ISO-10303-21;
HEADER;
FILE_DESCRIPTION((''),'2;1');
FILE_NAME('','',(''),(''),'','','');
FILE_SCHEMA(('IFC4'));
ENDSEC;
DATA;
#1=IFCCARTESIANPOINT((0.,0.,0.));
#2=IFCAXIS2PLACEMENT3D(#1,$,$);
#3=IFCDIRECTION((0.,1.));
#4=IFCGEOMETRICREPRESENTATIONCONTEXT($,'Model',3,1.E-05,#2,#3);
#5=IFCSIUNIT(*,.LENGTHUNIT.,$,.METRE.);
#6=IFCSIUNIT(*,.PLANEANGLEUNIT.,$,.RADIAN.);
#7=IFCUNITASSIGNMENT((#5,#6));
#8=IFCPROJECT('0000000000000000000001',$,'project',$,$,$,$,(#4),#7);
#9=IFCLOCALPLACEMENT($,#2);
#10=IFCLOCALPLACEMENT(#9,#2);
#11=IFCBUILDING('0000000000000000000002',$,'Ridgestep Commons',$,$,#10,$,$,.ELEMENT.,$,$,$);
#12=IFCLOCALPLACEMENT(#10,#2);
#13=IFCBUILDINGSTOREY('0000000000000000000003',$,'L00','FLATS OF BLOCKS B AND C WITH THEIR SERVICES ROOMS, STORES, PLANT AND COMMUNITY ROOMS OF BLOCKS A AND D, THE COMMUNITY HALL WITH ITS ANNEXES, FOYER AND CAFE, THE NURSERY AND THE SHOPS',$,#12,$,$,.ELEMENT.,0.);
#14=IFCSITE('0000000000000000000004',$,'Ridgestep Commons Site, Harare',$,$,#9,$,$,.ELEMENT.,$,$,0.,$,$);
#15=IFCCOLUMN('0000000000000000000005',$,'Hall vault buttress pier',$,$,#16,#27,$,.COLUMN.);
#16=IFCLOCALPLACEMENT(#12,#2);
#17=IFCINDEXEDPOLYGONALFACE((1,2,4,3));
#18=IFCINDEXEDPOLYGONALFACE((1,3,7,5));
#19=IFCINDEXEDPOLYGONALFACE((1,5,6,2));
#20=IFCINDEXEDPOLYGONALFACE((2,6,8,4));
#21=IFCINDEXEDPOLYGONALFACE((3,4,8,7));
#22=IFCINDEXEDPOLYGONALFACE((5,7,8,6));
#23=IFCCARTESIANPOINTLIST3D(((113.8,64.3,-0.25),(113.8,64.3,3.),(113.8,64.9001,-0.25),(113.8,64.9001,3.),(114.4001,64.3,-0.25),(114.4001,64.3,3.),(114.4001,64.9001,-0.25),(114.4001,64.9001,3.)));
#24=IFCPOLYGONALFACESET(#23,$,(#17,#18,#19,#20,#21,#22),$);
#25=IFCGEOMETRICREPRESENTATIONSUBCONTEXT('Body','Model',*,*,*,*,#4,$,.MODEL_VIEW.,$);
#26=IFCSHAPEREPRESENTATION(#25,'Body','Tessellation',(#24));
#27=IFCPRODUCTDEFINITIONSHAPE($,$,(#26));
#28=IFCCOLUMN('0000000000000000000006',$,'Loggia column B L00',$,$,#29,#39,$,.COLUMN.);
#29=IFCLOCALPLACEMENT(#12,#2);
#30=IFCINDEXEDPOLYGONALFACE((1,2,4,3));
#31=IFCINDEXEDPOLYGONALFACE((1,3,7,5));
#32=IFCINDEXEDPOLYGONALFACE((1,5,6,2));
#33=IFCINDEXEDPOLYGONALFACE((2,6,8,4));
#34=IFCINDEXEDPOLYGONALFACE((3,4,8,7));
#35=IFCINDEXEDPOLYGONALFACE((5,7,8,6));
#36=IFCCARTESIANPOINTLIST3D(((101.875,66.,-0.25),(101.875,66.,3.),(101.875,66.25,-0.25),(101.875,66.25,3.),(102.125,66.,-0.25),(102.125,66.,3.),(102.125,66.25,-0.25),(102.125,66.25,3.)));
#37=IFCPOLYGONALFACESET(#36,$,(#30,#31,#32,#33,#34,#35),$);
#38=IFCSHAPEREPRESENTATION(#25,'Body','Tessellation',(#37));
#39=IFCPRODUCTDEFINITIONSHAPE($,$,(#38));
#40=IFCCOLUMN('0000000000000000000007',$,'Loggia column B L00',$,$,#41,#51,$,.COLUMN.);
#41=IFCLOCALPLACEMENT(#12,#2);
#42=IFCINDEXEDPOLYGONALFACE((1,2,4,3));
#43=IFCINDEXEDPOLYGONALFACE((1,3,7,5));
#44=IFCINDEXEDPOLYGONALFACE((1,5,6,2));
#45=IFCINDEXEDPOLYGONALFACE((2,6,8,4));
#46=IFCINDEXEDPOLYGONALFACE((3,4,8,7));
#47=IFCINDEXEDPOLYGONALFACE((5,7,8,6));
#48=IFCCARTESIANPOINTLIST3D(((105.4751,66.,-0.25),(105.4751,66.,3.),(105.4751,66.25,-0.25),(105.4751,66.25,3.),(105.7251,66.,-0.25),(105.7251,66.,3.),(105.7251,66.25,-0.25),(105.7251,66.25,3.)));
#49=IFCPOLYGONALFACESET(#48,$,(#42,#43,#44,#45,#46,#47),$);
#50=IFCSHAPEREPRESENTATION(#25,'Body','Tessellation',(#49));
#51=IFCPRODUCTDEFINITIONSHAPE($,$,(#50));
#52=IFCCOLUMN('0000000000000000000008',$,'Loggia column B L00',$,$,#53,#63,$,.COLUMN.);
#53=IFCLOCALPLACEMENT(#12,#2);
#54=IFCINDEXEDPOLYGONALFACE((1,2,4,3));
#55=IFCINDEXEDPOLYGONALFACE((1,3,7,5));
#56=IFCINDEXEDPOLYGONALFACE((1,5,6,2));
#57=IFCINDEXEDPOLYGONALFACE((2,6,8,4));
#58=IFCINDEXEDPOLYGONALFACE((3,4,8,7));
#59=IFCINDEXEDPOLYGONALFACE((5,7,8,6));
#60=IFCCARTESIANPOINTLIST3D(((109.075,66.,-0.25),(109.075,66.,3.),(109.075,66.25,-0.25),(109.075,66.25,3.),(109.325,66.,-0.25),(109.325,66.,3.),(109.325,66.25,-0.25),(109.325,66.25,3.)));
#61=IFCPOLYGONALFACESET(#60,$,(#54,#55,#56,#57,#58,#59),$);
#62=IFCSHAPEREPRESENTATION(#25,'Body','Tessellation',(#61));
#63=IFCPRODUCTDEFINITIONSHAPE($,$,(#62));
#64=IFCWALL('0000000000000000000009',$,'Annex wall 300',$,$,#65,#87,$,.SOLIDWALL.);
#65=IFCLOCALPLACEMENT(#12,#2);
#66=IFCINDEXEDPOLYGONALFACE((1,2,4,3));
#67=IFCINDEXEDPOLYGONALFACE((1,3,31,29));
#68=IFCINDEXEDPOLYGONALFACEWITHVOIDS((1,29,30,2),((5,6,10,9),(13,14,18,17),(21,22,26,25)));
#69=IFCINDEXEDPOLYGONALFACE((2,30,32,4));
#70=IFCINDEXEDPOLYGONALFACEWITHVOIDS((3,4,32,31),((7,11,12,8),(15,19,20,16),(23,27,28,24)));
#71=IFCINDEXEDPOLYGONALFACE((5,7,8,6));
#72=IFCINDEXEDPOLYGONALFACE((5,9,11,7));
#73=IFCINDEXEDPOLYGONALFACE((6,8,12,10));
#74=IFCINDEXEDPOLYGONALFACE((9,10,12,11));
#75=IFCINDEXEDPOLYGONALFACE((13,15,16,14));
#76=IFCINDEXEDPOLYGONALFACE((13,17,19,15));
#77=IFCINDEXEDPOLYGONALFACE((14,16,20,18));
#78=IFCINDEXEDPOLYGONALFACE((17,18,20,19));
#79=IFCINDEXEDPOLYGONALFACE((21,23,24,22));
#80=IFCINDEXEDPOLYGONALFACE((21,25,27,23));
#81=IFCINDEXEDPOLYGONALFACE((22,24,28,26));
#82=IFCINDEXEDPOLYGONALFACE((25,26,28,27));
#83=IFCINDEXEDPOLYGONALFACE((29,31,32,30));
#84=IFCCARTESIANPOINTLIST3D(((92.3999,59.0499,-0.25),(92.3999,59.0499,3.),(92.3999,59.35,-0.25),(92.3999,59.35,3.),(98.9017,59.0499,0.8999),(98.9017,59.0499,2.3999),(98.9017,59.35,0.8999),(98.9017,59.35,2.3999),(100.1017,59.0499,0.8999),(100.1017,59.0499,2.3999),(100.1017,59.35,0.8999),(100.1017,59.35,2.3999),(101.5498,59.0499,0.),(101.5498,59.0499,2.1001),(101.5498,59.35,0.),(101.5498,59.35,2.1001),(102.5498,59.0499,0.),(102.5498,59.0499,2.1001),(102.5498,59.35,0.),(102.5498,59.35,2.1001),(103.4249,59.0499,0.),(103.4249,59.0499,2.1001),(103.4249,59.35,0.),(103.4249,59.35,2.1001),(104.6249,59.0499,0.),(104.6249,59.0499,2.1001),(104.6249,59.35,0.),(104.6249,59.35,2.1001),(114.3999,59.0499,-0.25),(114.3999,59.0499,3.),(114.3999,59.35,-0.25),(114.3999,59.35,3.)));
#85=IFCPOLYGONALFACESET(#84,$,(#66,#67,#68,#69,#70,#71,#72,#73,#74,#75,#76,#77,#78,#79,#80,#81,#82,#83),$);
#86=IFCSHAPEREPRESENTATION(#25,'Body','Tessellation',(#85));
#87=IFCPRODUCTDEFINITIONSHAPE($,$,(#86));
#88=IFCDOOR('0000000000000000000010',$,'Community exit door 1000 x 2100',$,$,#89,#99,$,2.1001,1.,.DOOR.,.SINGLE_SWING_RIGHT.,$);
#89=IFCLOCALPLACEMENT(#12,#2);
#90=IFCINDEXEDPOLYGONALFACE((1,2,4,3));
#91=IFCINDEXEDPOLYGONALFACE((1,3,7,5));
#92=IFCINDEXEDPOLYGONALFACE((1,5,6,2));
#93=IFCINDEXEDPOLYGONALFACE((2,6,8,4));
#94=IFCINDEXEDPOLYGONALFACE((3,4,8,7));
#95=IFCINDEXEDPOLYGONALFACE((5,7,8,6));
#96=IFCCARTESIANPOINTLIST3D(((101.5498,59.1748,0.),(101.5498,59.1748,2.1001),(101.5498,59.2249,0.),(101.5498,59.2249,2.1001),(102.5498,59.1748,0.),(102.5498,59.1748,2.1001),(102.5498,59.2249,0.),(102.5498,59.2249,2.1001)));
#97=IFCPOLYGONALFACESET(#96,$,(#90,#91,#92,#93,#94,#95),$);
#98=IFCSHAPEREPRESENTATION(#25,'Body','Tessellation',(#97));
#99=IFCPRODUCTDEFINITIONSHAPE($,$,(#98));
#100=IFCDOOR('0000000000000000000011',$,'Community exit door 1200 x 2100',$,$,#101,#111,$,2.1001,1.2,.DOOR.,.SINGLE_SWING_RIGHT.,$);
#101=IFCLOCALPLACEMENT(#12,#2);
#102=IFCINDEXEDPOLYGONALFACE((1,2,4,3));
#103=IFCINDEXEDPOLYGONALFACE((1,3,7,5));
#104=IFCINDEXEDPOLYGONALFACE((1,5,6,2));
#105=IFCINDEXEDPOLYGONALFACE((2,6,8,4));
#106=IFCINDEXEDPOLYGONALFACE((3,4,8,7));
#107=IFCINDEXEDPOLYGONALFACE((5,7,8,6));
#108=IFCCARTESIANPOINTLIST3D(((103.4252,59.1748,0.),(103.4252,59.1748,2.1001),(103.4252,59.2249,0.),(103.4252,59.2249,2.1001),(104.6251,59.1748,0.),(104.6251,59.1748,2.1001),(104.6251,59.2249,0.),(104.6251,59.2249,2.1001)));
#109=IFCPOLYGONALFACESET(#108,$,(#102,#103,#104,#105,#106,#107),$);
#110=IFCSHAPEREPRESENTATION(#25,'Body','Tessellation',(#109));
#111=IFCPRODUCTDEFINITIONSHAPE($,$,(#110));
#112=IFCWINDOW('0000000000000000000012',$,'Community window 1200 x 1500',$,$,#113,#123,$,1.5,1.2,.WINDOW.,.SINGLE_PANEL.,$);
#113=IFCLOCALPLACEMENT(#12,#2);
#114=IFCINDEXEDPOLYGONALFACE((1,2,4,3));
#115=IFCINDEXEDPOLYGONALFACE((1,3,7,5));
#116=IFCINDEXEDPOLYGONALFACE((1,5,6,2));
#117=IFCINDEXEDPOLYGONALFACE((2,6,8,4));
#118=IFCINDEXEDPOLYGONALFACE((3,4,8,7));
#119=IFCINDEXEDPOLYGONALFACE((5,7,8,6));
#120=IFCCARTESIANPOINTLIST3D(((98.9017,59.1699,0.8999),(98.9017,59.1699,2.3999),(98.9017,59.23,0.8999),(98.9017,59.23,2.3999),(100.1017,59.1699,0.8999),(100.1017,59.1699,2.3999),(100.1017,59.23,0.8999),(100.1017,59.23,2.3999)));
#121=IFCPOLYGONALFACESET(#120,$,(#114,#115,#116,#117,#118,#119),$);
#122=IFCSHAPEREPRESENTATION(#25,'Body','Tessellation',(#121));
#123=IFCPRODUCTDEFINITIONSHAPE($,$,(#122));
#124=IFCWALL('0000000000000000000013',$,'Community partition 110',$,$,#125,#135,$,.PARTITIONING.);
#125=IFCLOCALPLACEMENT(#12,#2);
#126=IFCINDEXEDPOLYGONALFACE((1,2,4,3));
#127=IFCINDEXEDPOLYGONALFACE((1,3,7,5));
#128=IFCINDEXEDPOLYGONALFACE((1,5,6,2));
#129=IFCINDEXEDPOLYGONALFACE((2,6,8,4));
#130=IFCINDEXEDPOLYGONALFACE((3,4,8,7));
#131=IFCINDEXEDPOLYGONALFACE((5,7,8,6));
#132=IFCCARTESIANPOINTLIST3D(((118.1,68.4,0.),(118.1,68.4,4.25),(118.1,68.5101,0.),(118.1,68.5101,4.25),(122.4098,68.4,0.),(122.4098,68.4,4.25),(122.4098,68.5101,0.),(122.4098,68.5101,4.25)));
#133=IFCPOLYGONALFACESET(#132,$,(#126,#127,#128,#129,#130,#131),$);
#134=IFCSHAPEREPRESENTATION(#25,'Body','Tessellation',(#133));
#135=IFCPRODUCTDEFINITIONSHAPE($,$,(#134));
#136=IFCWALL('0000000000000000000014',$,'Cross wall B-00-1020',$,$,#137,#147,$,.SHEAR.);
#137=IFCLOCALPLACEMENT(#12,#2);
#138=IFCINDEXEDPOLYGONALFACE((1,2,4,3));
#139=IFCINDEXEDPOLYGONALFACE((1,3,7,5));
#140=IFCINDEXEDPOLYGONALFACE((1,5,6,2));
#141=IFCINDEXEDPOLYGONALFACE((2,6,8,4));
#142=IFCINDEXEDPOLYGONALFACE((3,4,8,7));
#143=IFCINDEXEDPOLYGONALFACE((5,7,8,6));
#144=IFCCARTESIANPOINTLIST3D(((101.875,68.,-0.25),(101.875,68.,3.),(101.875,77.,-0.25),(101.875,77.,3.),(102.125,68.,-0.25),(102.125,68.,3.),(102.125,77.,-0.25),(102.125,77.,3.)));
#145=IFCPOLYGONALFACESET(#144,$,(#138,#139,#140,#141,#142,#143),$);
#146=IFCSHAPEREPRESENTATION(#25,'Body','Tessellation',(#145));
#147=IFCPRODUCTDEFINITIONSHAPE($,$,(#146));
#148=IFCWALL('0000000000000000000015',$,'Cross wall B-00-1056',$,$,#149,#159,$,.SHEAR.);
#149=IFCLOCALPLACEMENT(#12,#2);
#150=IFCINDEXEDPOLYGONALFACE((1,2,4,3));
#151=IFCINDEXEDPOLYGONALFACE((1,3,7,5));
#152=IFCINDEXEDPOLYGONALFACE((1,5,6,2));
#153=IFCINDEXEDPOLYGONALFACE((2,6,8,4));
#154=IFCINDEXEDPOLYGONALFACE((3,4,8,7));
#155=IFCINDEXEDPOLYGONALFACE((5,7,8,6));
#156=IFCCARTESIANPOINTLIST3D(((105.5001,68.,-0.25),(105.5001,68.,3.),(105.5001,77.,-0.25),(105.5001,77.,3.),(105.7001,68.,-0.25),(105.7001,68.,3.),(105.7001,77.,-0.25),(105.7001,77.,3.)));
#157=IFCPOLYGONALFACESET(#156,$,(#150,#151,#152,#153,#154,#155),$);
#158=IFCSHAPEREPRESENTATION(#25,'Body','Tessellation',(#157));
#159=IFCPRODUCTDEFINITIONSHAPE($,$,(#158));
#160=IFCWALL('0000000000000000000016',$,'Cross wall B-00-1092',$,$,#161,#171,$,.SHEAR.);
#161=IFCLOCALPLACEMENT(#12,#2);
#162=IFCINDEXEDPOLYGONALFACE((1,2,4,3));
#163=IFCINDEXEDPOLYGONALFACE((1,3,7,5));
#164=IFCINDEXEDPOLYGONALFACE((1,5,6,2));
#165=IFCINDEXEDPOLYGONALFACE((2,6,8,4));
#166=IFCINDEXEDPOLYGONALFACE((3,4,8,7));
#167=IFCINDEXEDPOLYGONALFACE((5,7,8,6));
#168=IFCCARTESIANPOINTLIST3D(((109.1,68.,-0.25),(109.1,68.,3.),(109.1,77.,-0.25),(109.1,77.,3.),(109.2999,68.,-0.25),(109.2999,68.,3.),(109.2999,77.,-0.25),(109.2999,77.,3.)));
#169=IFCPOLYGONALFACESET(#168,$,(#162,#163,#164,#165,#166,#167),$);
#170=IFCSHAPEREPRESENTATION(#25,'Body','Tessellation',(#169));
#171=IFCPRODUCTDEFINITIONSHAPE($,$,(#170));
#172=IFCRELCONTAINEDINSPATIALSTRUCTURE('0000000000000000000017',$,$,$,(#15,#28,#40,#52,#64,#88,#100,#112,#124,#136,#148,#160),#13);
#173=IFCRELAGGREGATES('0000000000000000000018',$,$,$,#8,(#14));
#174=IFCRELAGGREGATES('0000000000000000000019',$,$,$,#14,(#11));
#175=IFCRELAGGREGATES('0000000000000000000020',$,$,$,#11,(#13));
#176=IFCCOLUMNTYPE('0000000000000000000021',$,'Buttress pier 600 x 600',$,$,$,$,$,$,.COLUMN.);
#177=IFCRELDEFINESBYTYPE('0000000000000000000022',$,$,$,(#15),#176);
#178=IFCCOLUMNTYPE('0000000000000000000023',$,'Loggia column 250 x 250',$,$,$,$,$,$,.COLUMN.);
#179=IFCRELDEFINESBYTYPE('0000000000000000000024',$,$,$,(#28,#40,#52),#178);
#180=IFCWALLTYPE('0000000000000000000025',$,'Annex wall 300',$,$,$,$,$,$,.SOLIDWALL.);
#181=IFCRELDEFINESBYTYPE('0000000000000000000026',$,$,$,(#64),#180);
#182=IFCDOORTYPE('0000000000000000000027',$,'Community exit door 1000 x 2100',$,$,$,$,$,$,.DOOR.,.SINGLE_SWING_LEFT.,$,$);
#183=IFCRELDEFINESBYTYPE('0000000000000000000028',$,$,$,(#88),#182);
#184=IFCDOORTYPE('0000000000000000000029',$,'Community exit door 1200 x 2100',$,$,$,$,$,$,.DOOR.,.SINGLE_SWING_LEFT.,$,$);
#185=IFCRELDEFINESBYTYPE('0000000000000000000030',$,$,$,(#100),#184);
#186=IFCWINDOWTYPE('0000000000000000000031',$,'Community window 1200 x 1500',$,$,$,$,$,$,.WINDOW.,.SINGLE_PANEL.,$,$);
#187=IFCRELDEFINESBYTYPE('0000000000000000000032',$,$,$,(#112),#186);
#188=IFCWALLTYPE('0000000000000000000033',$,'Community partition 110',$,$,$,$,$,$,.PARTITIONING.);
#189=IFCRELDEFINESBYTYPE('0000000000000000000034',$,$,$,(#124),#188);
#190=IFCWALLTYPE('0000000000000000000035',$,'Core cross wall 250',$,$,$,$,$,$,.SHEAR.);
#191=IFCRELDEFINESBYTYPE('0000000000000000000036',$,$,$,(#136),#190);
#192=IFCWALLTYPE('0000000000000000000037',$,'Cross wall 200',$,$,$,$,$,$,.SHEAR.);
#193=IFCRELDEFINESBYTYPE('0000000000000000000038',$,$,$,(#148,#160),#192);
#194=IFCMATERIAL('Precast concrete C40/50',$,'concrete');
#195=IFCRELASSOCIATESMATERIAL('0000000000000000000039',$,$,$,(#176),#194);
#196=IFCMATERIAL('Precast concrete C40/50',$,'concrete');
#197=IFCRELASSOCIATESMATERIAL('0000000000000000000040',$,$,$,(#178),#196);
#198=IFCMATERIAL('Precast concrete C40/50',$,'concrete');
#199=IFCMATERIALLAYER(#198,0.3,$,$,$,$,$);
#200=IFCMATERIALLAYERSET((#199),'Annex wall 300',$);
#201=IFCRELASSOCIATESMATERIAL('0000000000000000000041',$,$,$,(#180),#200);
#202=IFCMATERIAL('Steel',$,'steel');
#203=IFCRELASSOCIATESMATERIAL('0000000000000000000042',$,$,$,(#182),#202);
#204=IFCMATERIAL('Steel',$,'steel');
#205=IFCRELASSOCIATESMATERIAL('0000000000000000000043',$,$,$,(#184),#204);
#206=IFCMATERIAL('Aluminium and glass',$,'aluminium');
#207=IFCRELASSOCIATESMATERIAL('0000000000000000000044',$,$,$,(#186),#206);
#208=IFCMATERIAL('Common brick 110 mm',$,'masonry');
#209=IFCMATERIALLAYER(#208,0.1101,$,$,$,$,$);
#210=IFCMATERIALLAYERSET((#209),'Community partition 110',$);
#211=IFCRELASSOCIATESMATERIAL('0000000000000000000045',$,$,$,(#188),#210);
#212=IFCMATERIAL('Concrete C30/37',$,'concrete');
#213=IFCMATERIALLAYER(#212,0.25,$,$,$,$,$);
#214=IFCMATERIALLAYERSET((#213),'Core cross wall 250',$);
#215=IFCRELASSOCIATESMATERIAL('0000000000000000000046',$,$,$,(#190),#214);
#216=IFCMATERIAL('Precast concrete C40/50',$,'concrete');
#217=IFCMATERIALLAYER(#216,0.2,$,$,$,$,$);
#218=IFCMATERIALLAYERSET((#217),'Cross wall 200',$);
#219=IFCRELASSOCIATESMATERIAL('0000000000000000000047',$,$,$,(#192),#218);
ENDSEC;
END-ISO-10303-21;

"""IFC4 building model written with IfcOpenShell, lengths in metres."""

from ifc_helpers import new_model, si_unit, direction, frame, frame_2d, origin, origin_2d, place, context, subcontext, project, spatial, rectangle, extrude, material, layer, layer_set, material_profile, profile_set, type_object, element, fill, save


model = new_model("IFC4")

# Units and contexts
model_context = context("Model", 3, precision=1e-05, world=origin(), true_north=direction((0.0, 1.0)))
body_context = subcontext(model_context, "Body", "Model", "MODEL_VIEW")
ifc_project = project(units=[si_unit("LENGTHUNIT", "METRE"), si_unit("PLANEANGLEUNIT", "RADIAN")], contexts=[model_context])

# Site, building, storey
site_placement = place(None, origin())
site = spatial("IfcSite", under=ifc_project, at=site_placement, Name="Ridgestep Commons Site, Harare", CompositionType="ELEMENT", RefElevation=0.0)
building_placement = place(site_placement, origin())
building = spatial("IfcBuilding", under=site, at=building_placement, Name="Ridgestep Commons", CompositionType="ELEMENT")
storey_placement = place(building_placement, origin())
storey = spatial("IfcBuildingStorey", under=building, at=storey_placement, Name="L00", Description="FLATS OF BLOCKS B AND C WITH THEIR SERVICES ROOMS, STORES, PLANT AND COMMUNITY ROOMS OF BLOCKS A AND D, THE COMMUNITY HALL WITH ITS ANNEXES, FOYER AND CAFE, THE NURSERY AND THE SHOPS", CompositionType="ELEMENT", Elevation=0.0)

# Columns
ifc_material_1 = material(Name="Precast concrete C40/50", Category="concrete")
ifc_material_profile_1 = material_profile(ifc_material_1, rectangle(XDim=0.6001, YDim=0.6001, at=origin_2d()), Name="Buttress pier 600 x 600")
ifc_profile_set_1 = profile_set([ifc_material_profile_1], Name="Precast concrete C40/50")
column_type_1 = type_object("IfcColumnType", Name="Buttress pier 600 x 600", PredefinedType="COLUMN", material=ifc_profile_set_1)
column_placement = place(storey_placement, frame((114.1001, 64.6001, -0.25), z_axis=(0.0, 0.0, 1.0), x_axis=(1.0, 0.0, 0.0)))
element("IfcColumn", 1, at=column_placement, inside=storey, type_object=column_type_1, Name="Hall vault buttress pier", PredefinedType="COLUMN", context=body_context, shape_type="SweptSolid", body=[
    extrude(rectangle(XDim=0.6001, YDim=0.6001, at=origin_2d()), origin(), (0.0, 0.0, 1.0), 3.25),
])
ifc_material_2 = material(Name="Precast concrete C40/50", Category="concrete")
ifc_material_profile_2 = material_profile(ifc_material_2, rectangle(XDim=0.25, YDim=0.25, at=origin_2d()), Name="PC 250x250")
ifc_profile_set_2 = profile_set([ifc_material_profile_2], Name="Precast concrete C40/50")
column_type_2 = type_object("IfcColumnType", Name="Loggia column 250 x 250", PredefinedType="COLUMN", material=ifc_profile_set_2)
for number, where, z_axis, x_axis, name in (
    (2, (102.0, 66.125, -0.25), (0.0, 0.0, 1.0), (1.0, 0.0, 0.0), "Loggia column B L00"),
    (3, (105.6001, 66.125, -0.25), (0.0, 0.0, 1.0), (1.0, 0.0, 0.0), "Loggia column B L00"),
    (4, (109.2, 66.125, -0.25), (0.0, 0.0, 1.0), (1.0, 0.0, 0.0), "Loggia column B L00"),
):
    element("IfcColumn", number, at=place(storey_placement, frame(where, z_axis=z_axis, x_axis=x_axis)), inside=storey, type_object=column_type_2, Name=name, PredefinedType="COLUMN", context=body_context, shape_type="SweptSolid", body=[
        extrude(rectangle(XDim=0.25, YDim=0.25, at=origin_2d()), origin(), (0.0, 0.0, 1.0), 3.25),
    ])

# Wall, openings, doors, window
ifc_material_3 = material(Name="Precast concrete C40/50", Category="concrete")
ifc_layer_1 = layer(ifc_material_3, 0.3)
ifc_layer_set_1 = layer_set([ifc_layer_1], Name="Annex wall 300")
wall_type_1 = type_object("IfcWallType", Name="Annex wall 300", PredefinedType="SOLIDWALL", material=ifc_layer_set_1)
wall_1_placement = place(storey_placement, frame((114.3999, 59.2, -0.25), z_axis=(0.0, 0.0, 1.0), x_axis=(-1.0, 0.0, 0.0)))
wall_1 = element("IfcWall", 5, at=wall_1_placement, inside=storey, type_object=wall_type_1, Name="Annex wall 300", PredefinedType="SOLIDWALL", context=body_context, shape_type="SweptSolid", body=[
    extrude(rectangle(XDim=22.0, YDim=0.3, at=frame_2d((11.0, 0.0))), origin(), (0.0, 0.0, 1.0), 3.25),
])
opening_1_placement = place(wall_1_placement, frame((14.2981, 0.0, 1.1499)))
opening_1 = element("IfcOpeningElement", 6, at=opening_1_placement, cuts=wall_1, PredefinedType="OPENING", context=body_context, shape_type="SweptSolid", body=[
    extrude(rectangle(XDim=1.2, YDim=1.5, at=frame_2d((0.6001, 0.75))), frame((0.0, 0.1599, 0.0), z_axis=(0.0, -1.0, 0.0), x_axis=(1.0, 0.0, 0.0)), (0.0, 0.0, 1.0), 0.3201),
])
opening_2_placement = place(wall_1_placement, frame((9.7749, 0.0, 0.25)))
opening_2 = element("IfcOpeningElement", 7, at=opening_2_placement, cuts=wall_1, PredefinedType="OPENING", context=body_context, shape_type="SweptSolid", body=[
    extrude(rectangle(XDim=1.2, YDim=2.1001, at=frame_2d((0.6001, 1.05))), frame((0.0, 0.1599, 0.0), z_axis=(0.0, -1.0, 0.0), x_axis=(1.0, 0.0, 0.0)), (0.0, 0.0, 1.0), 0.3201),
])
opening_3_placement = place(wall_1_placement, frame((11.8501, 0.0, 0.25)))
opening_3 = element("IfcOpeningElement", 8, at=opening_3_placement, cuts=wall_1, PredefinedType="OPENING", context=body_context, shape_type="SweptSolid", body=[
    extrude(rectangle(XDim=1.0, YDim=2.1001, at=frame_2d((0.5, 1.05))), frame((0.0, 0.1599, 0.0), z_axis=(0.0, -1.0, 0.0), x_axis=(1.0, 0.0, 0.0)), (0.0, 0.0, 1.0), 0.3201),
])
ifc_material_4 = material(Name="Steel", Category="steel")
door_type_1 = type_object("IfcDoorType", Name="Community exit door 1000 x 2100", OperationType="SINGLE_SWING_LEFT", PredefinedType="DOOR", material=ifc_material_4)
door_1_placement = place(opening_3_placement, frame((1.0, 0.0, 0.0), z_axis=(0.0, 0.0, 1.0), x_axis=(-1.0, 0.0, 0.0)))
door_1 = element("IfcDoor", 9, at=door_1_placement, inside=storey, type_object=door_type_1, Name="Community exit door 1000 x 2100", OperationType="SINGLE_SWING_RIGHT", OverallHeight=2.1001, OverallWidth=1.0, PredefinedType="DOOR", context=body_context, shape_type="SweptSolid", body=[
    extrude(rectangle(XDim=1.0, YDim=2.1001, at=frame_2d((0.5, 1.05))), frame((0.0, 0.0249, 0.0), z_axis=(0.0, -1.0, 0.0), x_axis=(1.0, 0.0, 0.0)), (0.0, 0.0, 1.0), 0.05),
])
fill(opening_3, door_1)
ifc_material_5 = material(Name="Steel", Category="steel")
door_type_2 = type_object("IfcDoorType", Name="Community exit door 1200 x 2100", OperationType="SINGLE_SWING_LEFT", PredefinedType="DOOR", material=ifc_material_5)
door_2_placement = place(opening_2_placement, frame((1.2, 0.0, 0.0), z_axis=(0.0, 0.0, 1.0), x_axis=(-1.0, 0.0, 0.0)))
door_2 = element("IfcDoor", 10, at=door_2_placement, inside=storey, type_object=door_type_2, Name="Community exit door 1200 x 2100", OperationType="SINGLE_SWING_RIGHT", OverallHeight=2.1001, OverallWidth=1.2, PredefinedType="DOOR", context=body_context, shape_type="SweptSolid", body=[
    extrude(rectangle(XDim=1.2, YDim=2.1001, at=frame_2d((0.6001, 1.05))), frame((0.0, 0.0249, 0.0), z_axis=(0.0, -1.0, 0.0), x_axis=(1.0, 0.0, 0.0)), (0.0, 0.0, 1.0), 0.05),
])
fill(opening_2, door_2)
ifc_material_6 = material(Name="Aluminium and glass", Category="aluminium")
window_type = type_object("IfcWindowType", Name="Community window 1200 x 1500", PartitioningType="SINGLE_PANEL", PredefinedType="WINDOW", material=ifc_material_6)
window_placement = place(opening_1_placement, origin())
window = element("IfcWindow", 11, at=window_placement, inside=storey, type_object=window_type, Name="Community window 1200 x 1500", OverallHeight=1.5, OverallWidth=1.2, PartitioningType="SINGLE_PANEL", PredefinedType="WINDOW", context=body_context, shape_type="SweptSolid", body=[
    extrude(rectangle(XDim=1.2, YDim=1.5, at=frame_2d((0.6001, 0.75))), frame((0.0, 0.03, 0.0), z_axis=(0.0, -1.0, 0.0), x_axis=(1.0, 0.0, 0.0)), (0.0, 0.0, 1.0), 0.0601),
])
fill(opening_1, window)

# Walls
ifc_material_7 = material(Name="Common brick 110 mm", Category="masonry")
ifc_layer_2 = layer(ifc_material_7, 0.1101)
ifc_layer_set_2 = layer_set([ifc_layer_2], Name="Community partition 110")
wall_type_2 = type_object("IfcWallType", Name="Community partition 110", PredefinedType="PARTITIONING", material=ifc_layer_set_2)
wall_2_placement = place(storey_placement, frame((118.1001, 68.4551, 0.0), z_axis=(0.0, 0.0, 1.0), x_axis=(1.0, 0.0, 0.0)))
element("IfcWall", 12, at=wall_2_placement, inside=storey, type_object=wall_type_2, Name="Community partition 110", PredefinedType="PARTITIONING", context=body_context, shape_type="SweptSolid", body=[
    extrude(rectangle(XDim=4.3098, YDim=0.1101, at=frame_2d((2.1548, 0.0))), origin(), (0.0, 0.0, 1.0), 4.25),
])
ifc_material_8 = material(Name="Concrete C30/37", Category="concrete")
ifc_layer_3 = layer(ifc_material_8, 0.25)
ifc_layer_set_3 = layer_set([ifc_layer_3], Name="Core cross wall 250")
wall_type_3 = type_object("IfcWallType", Name="Core cross wall 250", PredefinedType="SHEAR", material=ifc_layer_set_3)
wall_3_placement = place(storey_placement, frame((102.0, 68.0, -0.25), z_axis=(0.0, 0.0, 1.0), x_axis=(0.0, 1.0, 0.0)))
element("IfcWall", 13, at=wall_3_placement, inside=storey, type_object=wall_type_3, Name="Cross wall B-00-1020", PredefinedType="SHEAR", context=body_context, shape_type="SweptSolid", body=[
    extrude(rectangle(XDim=9.0, YDim=0.25, at=frame_2d((4.5, 0.0))), origin(), (0.0, 0.0, 1.0), 3.25),
])
ifc_material_9 = material(Name="Precast concrete C40/50", Category="concrete")
ifc_layer_4 = layer(ifc_material_9, 0.2)
ifc_layer_set_4 = layer_set([ifc_layer_4], Name="Cross wall 200")
wall_type_4 = type_object("IfcWallType", Name="Cross wall 200", PredefinedType="SHEAR", material=ifc_layer_set_4)
for number, where, z_axis, x_axis, name in (
    (14, (105.6001, 68.0, -0.25), (0.0, 0.0, 1.0), (0.0, 1.0, 0.0), "Cross wall B-00-1056"),
    (15, (109.2, 68.0, -0.25), (0.0, 0.0, 1.0), (0.0, 1.0, 0.0), "Cross wall B-00-1092"),
):
    element("IfcWall", number, at=place(storey_placement, frame(where, z_axis=z_axis, x_axis=x_axis)), inside=storey, type_object=wall_type_4, Name=name, PredefinedType="SHEAR", context=body_context, shape_type="SweptSolid", body=[
        extrude(rectangle(XDim=9.0, YDim=0.2, at=frame_2d((4.5, 0.0))), origin(), (0.0, 0.0, 1.0), 3.25),
    ])

save(model, "model.ifc")
